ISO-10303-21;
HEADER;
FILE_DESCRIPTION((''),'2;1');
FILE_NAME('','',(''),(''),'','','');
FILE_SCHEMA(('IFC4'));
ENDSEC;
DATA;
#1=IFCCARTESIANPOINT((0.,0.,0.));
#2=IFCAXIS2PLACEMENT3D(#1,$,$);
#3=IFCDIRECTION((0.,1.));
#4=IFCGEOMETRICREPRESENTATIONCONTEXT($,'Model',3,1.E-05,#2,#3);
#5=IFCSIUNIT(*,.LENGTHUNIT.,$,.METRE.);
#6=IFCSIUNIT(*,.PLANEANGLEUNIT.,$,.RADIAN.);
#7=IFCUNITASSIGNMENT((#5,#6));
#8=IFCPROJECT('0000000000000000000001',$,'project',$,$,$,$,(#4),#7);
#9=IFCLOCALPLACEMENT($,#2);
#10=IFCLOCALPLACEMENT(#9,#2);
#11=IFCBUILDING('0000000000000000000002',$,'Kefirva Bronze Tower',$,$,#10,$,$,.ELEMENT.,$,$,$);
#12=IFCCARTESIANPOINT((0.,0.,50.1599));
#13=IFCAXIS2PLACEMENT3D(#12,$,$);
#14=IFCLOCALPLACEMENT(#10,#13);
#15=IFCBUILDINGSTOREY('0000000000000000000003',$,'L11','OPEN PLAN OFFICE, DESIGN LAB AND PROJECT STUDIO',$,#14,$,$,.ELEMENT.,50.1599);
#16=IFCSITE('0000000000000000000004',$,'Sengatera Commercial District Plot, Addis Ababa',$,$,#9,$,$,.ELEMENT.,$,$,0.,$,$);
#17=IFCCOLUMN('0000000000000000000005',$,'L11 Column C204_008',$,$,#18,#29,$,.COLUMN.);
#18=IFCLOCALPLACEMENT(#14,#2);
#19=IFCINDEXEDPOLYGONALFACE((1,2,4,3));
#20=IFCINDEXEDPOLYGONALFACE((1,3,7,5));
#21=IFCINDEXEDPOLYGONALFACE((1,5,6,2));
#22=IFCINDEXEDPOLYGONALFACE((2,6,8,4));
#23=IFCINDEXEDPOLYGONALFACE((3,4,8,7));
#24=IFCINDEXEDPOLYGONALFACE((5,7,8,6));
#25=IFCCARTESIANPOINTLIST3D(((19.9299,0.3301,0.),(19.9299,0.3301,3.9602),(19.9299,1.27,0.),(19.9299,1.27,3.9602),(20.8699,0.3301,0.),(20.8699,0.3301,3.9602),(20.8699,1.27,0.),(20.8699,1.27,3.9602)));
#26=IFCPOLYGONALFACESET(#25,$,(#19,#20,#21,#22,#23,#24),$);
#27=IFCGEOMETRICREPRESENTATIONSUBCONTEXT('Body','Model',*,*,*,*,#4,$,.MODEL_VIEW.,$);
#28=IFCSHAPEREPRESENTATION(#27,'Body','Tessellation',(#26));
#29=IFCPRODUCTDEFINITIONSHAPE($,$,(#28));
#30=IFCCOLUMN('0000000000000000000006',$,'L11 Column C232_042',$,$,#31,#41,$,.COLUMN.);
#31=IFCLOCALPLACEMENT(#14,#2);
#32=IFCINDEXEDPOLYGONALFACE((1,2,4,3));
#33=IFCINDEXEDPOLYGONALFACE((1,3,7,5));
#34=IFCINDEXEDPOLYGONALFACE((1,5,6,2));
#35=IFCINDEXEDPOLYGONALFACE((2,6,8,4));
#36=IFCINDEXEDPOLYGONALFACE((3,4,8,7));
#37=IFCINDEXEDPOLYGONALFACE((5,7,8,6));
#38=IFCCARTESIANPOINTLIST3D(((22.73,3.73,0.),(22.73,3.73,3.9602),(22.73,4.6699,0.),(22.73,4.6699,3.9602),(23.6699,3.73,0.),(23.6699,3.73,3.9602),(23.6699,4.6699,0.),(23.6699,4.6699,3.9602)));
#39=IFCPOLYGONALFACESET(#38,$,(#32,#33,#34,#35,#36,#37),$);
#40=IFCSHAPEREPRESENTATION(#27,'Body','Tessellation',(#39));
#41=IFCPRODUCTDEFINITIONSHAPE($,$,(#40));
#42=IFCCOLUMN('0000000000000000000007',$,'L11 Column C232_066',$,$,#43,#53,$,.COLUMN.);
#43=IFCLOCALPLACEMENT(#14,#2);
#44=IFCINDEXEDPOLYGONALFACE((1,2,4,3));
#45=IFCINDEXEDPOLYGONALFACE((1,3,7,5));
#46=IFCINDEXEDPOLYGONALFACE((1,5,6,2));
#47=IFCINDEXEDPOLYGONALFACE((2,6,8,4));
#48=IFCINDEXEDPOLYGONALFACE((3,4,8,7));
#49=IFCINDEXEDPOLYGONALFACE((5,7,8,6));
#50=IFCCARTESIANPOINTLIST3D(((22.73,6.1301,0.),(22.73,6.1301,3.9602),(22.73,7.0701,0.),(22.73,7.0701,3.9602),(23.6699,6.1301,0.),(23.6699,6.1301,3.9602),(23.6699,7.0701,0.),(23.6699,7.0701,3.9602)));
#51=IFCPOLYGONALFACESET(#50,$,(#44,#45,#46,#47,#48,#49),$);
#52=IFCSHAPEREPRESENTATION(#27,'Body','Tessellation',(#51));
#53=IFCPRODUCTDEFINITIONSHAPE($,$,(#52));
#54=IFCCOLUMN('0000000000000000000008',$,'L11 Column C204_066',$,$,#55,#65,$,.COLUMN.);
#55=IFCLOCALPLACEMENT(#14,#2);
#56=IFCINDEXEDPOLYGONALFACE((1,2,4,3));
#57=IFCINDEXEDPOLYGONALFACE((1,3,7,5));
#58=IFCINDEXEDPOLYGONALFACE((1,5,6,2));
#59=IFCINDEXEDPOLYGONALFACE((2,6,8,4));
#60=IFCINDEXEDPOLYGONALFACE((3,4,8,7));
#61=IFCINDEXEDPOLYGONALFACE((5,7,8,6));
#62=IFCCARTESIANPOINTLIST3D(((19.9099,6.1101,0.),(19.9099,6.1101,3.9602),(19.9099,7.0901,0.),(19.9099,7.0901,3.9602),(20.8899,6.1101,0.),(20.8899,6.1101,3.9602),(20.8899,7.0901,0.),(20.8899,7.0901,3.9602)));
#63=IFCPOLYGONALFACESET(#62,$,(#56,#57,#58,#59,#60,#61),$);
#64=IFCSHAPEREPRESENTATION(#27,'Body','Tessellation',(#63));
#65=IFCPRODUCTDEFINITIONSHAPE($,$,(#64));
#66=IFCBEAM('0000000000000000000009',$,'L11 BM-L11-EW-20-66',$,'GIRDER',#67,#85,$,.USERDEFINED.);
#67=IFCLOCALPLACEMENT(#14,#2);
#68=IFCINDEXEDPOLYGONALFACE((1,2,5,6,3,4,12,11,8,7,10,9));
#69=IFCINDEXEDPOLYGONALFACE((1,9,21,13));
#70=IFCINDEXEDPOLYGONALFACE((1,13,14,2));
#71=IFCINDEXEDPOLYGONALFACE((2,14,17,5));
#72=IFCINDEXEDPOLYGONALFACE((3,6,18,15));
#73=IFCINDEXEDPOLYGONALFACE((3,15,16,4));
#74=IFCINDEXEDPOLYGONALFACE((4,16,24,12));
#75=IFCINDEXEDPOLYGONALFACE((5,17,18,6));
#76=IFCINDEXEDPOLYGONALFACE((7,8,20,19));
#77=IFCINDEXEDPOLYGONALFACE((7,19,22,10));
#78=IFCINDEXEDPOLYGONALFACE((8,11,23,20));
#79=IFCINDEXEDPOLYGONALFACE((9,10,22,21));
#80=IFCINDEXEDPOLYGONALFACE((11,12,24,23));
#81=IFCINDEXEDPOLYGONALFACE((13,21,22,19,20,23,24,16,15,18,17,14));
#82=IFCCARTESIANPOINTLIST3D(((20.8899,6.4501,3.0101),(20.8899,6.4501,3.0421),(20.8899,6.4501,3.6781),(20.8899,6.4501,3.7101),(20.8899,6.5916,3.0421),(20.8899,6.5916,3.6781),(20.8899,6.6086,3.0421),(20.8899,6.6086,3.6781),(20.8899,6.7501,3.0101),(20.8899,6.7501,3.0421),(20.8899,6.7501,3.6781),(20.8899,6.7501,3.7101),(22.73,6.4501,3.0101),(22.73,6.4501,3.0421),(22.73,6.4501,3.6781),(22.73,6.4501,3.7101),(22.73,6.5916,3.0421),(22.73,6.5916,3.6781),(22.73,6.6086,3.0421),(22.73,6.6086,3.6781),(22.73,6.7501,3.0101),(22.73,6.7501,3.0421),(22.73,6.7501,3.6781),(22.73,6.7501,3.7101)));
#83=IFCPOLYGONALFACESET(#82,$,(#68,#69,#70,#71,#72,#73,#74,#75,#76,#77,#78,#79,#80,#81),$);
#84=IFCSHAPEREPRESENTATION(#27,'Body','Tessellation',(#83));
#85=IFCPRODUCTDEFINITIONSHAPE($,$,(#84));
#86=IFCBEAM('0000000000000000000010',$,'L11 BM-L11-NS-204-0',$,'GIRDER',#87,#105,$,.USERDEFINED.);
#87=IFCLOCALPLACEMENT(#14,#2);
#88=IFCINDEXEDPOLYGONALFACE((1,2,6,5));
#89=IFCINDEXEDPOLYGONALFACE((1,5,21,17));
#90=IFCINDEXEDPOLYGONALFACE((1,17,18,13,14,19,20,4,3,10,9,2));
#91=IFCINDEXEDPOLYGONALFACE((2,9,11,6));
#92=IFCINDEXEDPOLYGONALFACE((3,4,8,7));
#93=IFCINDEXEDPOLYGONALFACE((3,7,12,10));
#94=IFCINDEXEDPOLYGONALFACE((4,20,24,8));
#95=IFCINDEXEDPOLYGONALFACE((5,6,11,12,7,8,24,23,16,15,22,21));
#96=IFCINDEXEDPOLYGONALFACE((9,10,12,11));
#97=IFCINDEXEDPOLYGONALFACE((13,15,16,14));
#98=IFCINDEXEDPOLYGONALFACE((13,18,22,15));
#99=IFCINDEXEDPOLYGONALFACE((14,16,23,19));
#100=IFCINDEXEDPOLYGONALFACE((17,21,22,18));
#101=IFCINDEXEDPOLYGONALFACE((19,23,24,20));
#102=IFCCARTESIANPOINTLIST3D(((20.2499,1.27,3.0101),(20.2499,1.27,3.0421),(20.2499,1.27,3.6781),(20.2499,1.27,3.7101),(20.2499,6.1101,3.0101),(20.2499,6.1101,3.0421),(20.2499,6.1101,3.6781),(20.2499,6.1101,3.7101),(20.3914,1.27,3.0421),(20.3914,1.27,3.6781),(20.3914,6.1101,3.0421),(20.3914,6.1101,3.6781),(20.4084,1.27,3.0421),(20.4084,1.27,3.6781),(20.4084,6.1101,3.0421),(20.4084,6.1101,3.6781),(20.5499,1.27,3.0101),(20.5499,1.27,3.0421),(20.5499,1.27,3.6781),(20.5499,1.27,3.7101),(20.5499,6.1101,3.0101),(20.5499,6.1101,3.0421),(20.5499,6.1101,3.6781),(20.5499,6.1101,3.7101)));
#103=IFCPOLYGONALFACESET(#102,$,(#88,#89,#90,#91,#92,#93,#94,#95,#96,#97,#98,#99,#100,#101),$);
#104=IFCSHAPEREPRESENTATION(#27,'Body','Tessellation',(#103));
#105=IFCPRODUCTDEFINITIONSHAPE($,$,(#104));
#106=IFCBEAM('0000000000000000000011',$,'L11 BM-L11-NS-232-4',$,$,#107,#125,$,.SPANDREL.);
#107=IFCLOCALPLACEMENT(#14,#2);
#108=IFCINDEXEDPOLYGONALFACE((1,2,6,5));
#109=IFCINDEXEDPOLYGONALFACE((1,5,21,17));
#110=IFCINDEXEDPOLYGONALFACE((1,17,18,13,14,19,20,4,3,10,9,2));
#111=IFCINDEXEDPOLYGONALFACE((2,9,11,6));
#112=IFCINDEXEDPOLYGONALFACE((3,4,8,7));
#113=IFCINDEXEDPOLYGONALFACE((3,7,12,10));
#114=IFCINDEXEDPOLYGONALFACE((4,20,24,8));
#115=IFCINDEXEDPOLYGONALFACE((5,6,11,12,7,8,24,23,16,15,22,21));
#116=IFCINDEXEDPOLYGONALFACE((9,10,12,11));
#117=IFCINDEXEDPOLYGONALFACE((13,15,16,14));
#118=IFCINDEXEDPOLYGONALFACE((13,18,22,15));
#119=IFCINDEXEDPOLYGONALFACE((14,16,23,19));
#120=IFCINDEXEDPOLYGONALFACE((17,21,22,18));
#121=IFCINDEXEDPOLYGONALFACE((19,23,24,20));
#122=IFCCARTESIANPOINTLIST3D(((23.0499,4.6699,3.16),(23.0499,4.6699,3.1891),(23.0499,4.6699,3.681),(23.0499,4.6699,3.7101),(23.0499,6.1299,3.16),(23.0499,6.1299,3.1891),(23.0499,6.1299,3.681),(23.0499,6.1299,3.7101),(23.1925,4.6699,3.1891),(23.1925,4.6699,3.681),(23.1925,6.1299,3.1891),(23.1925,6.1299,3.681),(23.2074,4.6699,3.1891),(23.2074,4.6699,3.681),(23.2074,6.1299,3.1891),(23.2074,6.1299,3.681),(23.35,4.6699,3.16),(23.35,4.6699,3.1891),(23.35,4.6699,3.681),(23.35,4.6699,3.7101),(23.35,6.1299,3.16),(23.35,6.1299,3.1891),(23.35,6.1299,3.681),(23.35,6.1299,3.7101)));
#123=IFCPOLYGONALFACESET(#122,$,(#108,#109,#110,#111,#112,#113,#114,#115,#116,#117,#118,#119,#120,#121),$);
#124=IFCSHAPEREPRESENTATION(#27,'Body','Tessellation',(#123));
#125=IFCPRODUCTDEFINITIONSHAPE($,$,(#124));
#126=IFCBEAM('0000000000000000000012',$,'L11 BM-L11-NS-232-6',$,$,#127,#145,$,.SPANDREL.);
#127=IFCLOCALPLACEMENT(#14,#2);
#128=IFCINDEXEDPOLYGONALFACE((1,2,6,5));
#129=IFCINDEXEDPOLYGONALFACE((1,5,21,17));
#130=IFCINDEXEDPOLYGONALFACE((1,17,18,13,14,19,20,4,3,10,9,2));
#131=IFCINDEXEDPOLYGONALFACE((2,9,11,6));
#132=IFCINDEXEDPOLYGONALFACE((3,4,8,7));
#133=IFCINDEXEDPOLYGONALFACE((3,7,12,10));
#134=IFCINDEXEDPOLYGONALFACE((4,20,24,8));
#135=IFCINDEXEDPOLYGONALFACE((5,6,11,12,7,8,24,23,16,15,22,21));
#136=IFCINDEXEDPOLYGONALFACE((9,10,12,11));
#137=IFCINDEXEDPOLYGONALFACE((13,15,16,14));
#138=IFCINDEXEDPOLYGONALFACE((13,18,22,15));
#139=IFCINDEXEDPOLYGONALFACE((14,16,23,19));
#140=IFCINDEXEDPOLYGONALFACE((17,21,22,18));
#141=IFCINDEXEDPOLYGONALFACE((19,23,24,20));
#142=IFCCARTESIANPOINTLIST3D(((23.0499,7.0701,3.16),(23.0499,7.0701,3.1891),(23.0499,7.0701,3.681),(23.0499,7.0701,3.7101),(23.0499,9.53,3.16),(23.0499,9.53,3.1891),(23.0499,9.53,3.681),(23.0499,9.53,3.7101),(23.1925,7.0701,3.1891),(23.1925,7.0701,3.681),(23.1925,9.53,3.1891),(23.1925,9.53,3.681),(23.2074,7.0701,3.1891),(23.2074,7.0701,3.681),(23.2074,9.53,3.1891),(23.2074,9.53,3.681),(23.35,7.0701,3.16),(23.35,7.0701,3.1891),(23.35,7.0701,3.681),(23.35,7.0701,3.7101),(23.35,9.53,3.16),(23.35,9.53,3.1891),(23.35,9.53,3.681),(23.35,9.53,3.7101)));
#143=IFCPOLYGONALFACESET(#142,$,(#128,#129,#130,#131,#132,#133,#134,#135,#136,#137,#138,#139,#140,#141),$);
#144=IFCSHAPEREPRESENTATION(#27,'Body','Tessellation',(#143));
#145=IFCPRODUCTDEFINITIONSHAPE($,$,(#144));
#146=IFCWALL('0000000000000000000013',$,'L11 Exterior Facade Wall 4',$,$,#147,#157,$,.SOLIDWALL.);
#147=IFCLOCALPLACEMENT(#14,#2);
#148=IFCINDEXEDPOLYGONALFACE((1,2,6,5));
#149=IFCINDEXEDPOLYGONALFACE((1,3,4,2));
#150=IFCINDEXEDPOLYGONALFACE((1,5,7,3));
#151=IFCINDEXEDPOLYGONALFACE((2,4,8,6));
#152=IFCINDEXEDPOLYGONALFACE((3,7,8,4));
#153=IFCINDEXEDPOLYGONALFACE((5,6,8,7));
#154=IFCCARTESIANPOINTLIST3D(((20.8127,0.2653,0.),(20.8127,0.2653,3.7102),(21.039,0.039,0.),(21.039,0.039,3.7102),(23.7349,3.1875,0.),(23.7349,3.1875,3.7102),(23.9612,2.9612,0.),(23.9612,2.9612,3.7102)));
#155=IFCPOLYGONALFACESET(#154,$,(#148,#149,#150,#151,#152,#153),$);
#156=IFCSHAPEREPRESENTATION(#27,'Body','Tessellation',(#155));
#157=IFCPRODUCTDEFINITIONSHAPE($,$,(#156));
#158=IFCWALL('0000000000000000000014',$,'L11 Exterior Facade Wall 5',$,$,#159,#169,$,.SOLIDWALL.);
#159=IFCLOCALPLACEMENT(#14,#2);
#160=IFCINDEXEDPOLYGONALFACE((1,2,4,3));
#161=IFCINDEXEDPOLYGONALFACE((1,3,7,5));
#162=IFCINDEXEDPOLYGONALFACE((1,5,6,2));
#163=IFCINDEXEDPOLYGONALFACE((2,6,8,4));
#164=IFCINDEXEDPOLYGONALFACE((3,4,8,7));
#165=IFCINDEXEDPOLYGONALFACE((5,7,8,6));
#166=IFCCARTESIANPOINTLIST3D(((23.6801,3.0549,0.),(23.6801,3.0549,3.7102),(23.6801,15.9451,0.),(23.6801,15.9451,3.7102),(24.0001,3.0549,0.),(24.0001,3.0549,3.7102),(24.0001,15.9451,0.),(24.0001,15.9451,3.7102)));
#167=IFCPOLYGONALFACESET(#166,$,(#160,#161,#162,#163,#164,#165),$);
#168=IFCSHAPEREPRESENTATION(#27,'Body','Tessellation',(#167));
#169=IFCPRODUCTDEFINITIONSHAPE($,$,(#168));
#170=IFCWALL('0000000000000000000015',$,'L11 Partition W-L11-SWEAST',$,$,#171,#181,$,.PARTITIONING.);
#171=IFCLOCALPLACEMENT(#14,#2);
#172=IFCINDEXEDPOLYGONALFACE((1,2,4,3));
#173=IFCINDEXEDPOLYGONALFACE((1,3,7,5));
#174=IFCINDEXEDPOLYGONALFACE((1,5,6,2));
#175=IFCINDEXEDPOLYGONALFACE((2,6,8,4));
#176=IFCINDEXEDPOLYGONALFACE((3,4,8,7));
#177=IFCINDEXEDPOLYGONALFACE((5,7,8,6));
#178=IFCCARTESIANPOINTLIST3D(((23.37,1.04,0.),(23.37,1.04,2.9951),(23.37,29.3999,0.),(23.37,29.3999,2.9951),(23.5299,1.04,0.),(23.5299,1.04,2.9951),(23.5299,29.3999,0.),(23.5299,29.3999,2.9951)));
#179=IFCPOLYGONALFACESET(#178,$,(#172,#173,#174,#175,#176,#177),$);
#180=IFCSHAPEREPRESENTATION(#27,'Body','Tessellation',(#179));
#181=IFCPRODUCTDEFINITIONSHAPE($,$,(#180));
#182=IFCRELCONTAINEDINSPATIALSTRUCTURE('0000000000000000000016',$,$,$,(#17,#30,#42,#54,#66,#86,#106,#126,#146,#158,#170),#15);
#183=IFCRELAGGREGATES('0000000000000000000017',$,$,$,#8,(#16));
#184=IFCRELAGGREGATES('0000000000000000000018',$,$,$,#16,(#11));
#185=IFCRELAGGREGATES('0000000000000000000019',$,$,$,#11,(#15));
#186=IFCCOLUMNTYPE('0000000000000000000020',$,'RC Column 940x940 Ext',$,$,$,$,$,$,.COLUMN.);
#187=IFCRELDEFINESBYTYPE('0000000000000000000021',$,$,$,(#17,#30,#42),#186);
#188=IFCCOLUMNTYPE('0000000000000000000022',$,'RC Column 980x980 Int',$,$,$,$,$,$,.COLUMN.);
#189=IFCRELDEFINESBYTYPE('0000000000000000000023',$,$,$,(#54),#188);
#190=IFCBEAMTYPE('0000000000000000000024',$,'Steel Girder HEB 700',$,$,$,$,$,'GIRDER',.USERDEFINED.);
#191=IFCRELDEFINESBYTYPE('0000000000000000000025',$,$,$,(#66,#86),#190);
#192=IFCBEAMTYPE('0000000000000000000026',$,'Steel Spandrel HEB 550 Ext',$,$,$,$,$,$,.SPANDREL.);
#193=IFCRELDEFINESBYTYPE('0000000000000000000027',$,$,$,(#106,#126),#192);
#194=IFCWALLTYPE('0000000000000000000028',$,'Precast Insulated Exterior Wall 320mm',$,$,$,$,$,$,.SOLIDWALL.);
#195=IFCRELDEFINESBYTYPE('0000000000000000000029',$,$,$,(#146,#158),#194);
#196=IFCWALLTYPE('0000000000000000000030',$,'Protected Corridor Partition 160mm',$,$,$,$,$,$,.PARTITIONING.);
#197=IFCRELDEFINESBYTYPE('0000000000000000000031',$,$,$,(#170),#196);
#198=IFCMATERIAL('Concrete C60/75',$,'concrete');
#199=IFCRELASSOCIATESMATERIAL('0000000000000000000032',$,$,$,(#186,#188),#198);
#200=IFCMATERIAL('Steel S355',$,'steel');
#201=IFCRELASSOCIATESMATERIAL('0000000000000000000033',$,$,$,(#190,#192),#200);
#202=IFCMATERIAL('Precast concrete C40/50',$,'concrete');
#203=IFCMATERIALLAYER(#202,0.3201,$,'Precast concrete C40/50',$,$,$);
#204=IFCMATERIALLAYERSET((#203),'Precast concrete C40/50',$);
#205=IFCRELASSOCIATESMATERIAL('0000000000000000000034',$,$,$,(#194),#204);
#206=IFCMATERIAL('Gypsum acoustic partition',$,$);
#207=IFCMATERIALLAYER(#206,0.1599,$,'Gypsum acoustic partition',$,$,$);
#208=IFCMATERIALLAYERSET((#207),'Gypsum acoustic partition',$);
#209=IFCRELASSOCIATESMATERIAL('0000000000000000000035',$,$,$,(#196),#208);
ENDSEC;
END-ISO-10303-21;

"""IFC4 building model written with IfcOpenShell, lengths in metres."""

from ifc_helpers import new_model, si_unit, direction, frame, frame_2d, origin, origin_2d, place, context, subcontext, project, spatial, rectangle, i_section, extrude, material, layer, layer_set, material_profile, profile_set, type_object, element, save


model = new_model("IFC4")

# Units and contexts
model_context = context("Model", 3, precision=1e-05, world=origin(), true_north=direction((0.0, 1.0)))
body_context = subcontext(model_context, "Body", "Model", "MODEL_VIEW")
ifc_project = project(units=[si_unit("LENGTHUNIT", "METRE"), si_unit("PLANEANGLEUNIT", "RADIAN")], contexts=[model_context])

# Site, building, storey
site_placement = place(None, origin())
site = spatial("IfcSite", under=ifc_project, at=site_placement, Name="Sengatera Commercial District Plot, Addis Ababa", CompositionType="ELEMENT", RefElevation=0.0)
building_placement = place(site_placement, origin())
building = spatial("IfcBuilding", under=site, at=building_placement, Name="Kefirva Bronze Tower", CompositionType="ELEMENT")
storey_placement = place(building_placement, frame((0.0, 0.0, 50.1599)))
storey = spatial("IfcBuildingStorey", under=building, at=storey_placement, Name="L11", Description="OPEN PLAN OFFICE, DESIGN LAB AND PROJECT STUDIO", CompositionType="ELEMENT", Elevation=50.1599)

# Columns
ifc_material_1 = material(Name="Concrete C60/75", Category="concrete")
ifc_material_profile_1 = material_profile(ifc_material_1, rectangle(XDim=0.9399, YDim=0.9399, at=origin_2d()), Name="RC 940x940")
ifc_profile_set_1 = profile_set([ifc_material_profile_1], Name="Concrete C60/75")
column_type_1 = type_object("IfcColumnType", Name="RC Column 940x940 Ext", PredefinedType="COLUMN", material=ifc_profile_set_1)
for number, where, z_axis, x_axis, name in (
    (1, (20.3999, 0.8, 0.0), (0.0, 0.0, 1.0), (1.0, 0.0, 0.0), "L11 Column C204_008"),
    (2, (23.2, 4.2, 0.0), (0.0, 0.0, 1.0), (1.0, 0.0, 0.0), "L11 Column C232_042"),
    (3, (23.2, 6.6001, 0.0), (0.0, 0.0, 1.0), (1.0, 0.0, 0.0), "L11 Column C232_066"),
):
    element("IfcColumn", number, at=place(storey_placement, frame(where, z_axis=z_axis, x_axis=x_axis)), inside=storey, type_object=column_type_1, Name=name, PredefinedType="COLUMN", context=body_context, shape_type="SweptSolid", body=[
        extrude(rectangle(XDim=0.9399, YDim=0.9399, at=origin_2d()), origin(), (0.0, 0.0, 1.0), 3.9602),
    ])
ifc_material_profile_2 = material_profile(ifc_material_1, rectangle(XDim=0.98, YDim=0.98, at=origin_2d()), Name="RC 980x980")
ifc_profile_set_2 = profile_set([ifc_material_profile_2], Name="Concrete C60/75")
column_type_2 = type_object("IfcColumnType", Name="RC Column 980x980 Int", PredefinedType="COLUMN", material=ifc_profile_set_2)
column_placement = place(storey_placement, frame((20.3999, 6.6001, 0.0), z_axis=(0.0, 0.0, 1.0), x_axis=(1.0, 0.0, 0.0)))
element("IfcColumn", 4, at=column_placement, inside=storey, type_object=column_type_2, Name="L11 Column C204_066", PredefinedType="COLUMN", context=body_context, shape_type="SweptSolid", body=[
    extrude(rectangle(XDim=0.98, YDim=0.98, at=origin_2d()), origin(), (0.0, 0.0, 1.0), 3.9602),
])

# Beams
ifc_material_2 = material(Name="Steel S355", Category="steel")
ifc_material_profile_3 = material_profile(ifc_material_2, i_section(OverallWidth=0.3, OverallDepth=0.7, WebThickness=0.0171, FlangeThickness=0.032, at=origin_2d()), Name="HEB 700")
ifc_profile_set_3 = profile_set([ifc_material_profile_3], Name="Steel S355")
beam_type_1 = type_object("IfcBeamType", Name="Steel Girder HEB 700", ElementType="GIRDER", PredefinedType="USERDEFINED", material=ifc_profile_set_3)
beam_1_placement = place(storey_placement, frame((20.8899, 6.6001, 3.3601), z_axis=(1.0, 0.0, 0.0), x_axis=(0.0, 1.0, 0.0)))
element("IfcBeam", 5, at=beam_1_placement, inside=storey, type_object=beam_type_1, Name="L11 BM-L11-EW-20-66", ObjectType="GIRDER", PredefinedType="USERDEFINED", context=body_context, shape_type="SweptSolid", body=[
    extrude(i_section(OverallWidth=0.3, OverallDepth=0.7, WebThickness=0.0171, FlangeThickness=0.032, at=origin_2d()), origin(), (0.0, 0.0, 1.0), 1.8401),
])
beam_2_placement = place(storey_placement, frame((20.3999, 1.27, 3.3601), z_axis=(0.0, 1.0, 0.0), x_axis=(-1.0, 0.0, 0.0)))
element("IfcBeam", 6, at=beam_2_placement, inside=storey, type_object=beam_type_1, Name="L11 BM-L11-NS-204-0", ObjectType="GIRDER", PredefinedType="USERDEFINED", context=body_context, shape_type="SweptSolid", body=[
    extrude(i_section(OverallWidth=0.3, OverallDepth=0.7, WebThickness=0.0171, FlangeThickness=0.032, at=origin_2d()), origin(), (0.0, 0.0, 1.0), 4.8401),
])
ifc_material_profile_4 = material_profile(ifc_material_2, i_section(OverallWidth=0.3, OverallDepth=0.55, WebThickness=0.0149, FlangeThickness=0.0291, at=origin_2d()), Name="HEB 550")
ifc_profile_set_4 = profile_set([ifc_material_profile_4], Name="Steel S355")
beam_type_2 = type_object("IfcBeamType", Name="Steel Spandrel HEB 550 Ext", PredefinedType="SPANDREL", material=ifc_profile_set_4)
beam_3_placement = place(storey_placement, frame((23.2, 4.6699, 3.4351), z_axis=(0.0, 1.0, 0.0), x_axis=(-1.0, 0.0, 0.0)))
element("IfcBeam", 7, at=beam_3_placement, inside=storey, type_object=beam_type_2, Name="L11 BM-L11-NS-232-4", PredefinedType="SPANDREL", context=body_context, shape_type="SweptSolid", body=[
    extrude(i_section(OverallWidth=0.3, OverallDepth=0.55, WebThickness=0.0149, FlangeThickness=0.0291, at=origin_2d()), origin(), (0.0, 0.0, 1.0), 1.46),
])
beam_4_placement = place(storey_placement, frame((23.2, 7.0701, 3.4351), z_axis=(0.0, 1.0, 0.0), x_axis=(-1.0, 0.0, 0.0)))
element("IfcBeam", 8, at=beam_4_placement, inside=storey, type_object=beam_type_2, Name="L11 BM-L11-NS-232-6", PredefinedType="SPANDREL", context=body_context, shape_type="SweptSolid", body=[
    extrude(i_section(OverallWidth=0.3, OverallDepth=0.55, WebThickness=0.0149, FlangeThickness=0.0291, at=origin_2d()), origin(), (0.0, 0.0, 1.0), 2.46),
])

# Walls
ifc_material_3 = material(Name="Precast concrete C40/50", Category="concrete")
ifc_layer_1 = layer(ifc_material_3, 0.3201, Name="Precast concrete C40/50")
ifc_layer_set_1 = layer_set([ifc_layer_1], Name="Precast concrete C40/50")
wall_type_1 = type_object("IfcWallType", Name="Precast Insulated Exterior Wall 320mm", PredefinedType="SOLIDWALL", material=ifc_layer_set_1)
wall_1_placement = place(storey_placement, frame((20.9258, 0.1521, 0.0), z_axis=(0.0, 0.0, 1.0), x_axis=(0.707107, 0.707107, 0.0)))
element("IfcWall", 9, at=wall_1_placement, inside=storey, type_object=wall_type_1, Name="L11 Exterior Facade Wall 4", PredefinedType="SOLIDWALL", context=body_context, shape_type="SweptSolid", body=[
    extrude(rectangle(XDim=4.1326, YDim=0.3201, at=frame_2d((2.0664, 0.0))), origin(), (0.0, 0.0, 1.0), 3.7102),
])
wall_2_placement = place(storey_placement, frame((23.8401, 3.0549, 0.0), z_axis=(0.0, 0.0, 1.0), x_axis=(0.0, 1.0, 0.0)))
element("IfcWall", 10, at=wall_2_placement, inside=storey, type_object=wall_type_1, Name="L11 Exterior Facade Wall 5", PredefinedType="SOLIDWALL", context=body_context, shape_type="SweptSolid", body=[
    extrude(rectangle(XDim=12.8901, YDim=0.3201, at=frame_2d((6.4451, 0.0))), origin(), (0.0, 0.0, 1.0), 3.7102),
])
ifc_material_4 = material(Name="Gypsum acoustic partition")
ifc_layer_2 = layer(ifc_material_4, 0.1599, Name="Gypsum acoustic partition")
ifc_layer_set_2 = layer_set([ifc_layer_2], Name="Gypsum acoustic partition")
wall_type_2 = type_object("IfcWallType", Name="Protected Corridor Partition 160mm", PredefinedType="PARTITIONING", material=ifc_layer_set_2)
wall_3_placement = place(storey_placement, frame((23.45, 1.04, 0.0), z_axis=(0.0, 0.0, 1.0), x_axis=(0.0, 1.0, 0.0)))
element("IfcWall", 11, at=wall_3_placement, inside=storey, type_object=wall_type_2, Name="L11 Partition W-L11-SWEAST", PredefinedType="PARTITIONING", context=body_context, shape_type="SweptSolid", body=[
    extrude(rectangle(XDim=28.3599, YDim=0.1599, at=frame_2d((14.1799, 0.0))), origin(), (0.0, 0.0, 1.0), 2.9951),
])

save(model, "model.ifc")
